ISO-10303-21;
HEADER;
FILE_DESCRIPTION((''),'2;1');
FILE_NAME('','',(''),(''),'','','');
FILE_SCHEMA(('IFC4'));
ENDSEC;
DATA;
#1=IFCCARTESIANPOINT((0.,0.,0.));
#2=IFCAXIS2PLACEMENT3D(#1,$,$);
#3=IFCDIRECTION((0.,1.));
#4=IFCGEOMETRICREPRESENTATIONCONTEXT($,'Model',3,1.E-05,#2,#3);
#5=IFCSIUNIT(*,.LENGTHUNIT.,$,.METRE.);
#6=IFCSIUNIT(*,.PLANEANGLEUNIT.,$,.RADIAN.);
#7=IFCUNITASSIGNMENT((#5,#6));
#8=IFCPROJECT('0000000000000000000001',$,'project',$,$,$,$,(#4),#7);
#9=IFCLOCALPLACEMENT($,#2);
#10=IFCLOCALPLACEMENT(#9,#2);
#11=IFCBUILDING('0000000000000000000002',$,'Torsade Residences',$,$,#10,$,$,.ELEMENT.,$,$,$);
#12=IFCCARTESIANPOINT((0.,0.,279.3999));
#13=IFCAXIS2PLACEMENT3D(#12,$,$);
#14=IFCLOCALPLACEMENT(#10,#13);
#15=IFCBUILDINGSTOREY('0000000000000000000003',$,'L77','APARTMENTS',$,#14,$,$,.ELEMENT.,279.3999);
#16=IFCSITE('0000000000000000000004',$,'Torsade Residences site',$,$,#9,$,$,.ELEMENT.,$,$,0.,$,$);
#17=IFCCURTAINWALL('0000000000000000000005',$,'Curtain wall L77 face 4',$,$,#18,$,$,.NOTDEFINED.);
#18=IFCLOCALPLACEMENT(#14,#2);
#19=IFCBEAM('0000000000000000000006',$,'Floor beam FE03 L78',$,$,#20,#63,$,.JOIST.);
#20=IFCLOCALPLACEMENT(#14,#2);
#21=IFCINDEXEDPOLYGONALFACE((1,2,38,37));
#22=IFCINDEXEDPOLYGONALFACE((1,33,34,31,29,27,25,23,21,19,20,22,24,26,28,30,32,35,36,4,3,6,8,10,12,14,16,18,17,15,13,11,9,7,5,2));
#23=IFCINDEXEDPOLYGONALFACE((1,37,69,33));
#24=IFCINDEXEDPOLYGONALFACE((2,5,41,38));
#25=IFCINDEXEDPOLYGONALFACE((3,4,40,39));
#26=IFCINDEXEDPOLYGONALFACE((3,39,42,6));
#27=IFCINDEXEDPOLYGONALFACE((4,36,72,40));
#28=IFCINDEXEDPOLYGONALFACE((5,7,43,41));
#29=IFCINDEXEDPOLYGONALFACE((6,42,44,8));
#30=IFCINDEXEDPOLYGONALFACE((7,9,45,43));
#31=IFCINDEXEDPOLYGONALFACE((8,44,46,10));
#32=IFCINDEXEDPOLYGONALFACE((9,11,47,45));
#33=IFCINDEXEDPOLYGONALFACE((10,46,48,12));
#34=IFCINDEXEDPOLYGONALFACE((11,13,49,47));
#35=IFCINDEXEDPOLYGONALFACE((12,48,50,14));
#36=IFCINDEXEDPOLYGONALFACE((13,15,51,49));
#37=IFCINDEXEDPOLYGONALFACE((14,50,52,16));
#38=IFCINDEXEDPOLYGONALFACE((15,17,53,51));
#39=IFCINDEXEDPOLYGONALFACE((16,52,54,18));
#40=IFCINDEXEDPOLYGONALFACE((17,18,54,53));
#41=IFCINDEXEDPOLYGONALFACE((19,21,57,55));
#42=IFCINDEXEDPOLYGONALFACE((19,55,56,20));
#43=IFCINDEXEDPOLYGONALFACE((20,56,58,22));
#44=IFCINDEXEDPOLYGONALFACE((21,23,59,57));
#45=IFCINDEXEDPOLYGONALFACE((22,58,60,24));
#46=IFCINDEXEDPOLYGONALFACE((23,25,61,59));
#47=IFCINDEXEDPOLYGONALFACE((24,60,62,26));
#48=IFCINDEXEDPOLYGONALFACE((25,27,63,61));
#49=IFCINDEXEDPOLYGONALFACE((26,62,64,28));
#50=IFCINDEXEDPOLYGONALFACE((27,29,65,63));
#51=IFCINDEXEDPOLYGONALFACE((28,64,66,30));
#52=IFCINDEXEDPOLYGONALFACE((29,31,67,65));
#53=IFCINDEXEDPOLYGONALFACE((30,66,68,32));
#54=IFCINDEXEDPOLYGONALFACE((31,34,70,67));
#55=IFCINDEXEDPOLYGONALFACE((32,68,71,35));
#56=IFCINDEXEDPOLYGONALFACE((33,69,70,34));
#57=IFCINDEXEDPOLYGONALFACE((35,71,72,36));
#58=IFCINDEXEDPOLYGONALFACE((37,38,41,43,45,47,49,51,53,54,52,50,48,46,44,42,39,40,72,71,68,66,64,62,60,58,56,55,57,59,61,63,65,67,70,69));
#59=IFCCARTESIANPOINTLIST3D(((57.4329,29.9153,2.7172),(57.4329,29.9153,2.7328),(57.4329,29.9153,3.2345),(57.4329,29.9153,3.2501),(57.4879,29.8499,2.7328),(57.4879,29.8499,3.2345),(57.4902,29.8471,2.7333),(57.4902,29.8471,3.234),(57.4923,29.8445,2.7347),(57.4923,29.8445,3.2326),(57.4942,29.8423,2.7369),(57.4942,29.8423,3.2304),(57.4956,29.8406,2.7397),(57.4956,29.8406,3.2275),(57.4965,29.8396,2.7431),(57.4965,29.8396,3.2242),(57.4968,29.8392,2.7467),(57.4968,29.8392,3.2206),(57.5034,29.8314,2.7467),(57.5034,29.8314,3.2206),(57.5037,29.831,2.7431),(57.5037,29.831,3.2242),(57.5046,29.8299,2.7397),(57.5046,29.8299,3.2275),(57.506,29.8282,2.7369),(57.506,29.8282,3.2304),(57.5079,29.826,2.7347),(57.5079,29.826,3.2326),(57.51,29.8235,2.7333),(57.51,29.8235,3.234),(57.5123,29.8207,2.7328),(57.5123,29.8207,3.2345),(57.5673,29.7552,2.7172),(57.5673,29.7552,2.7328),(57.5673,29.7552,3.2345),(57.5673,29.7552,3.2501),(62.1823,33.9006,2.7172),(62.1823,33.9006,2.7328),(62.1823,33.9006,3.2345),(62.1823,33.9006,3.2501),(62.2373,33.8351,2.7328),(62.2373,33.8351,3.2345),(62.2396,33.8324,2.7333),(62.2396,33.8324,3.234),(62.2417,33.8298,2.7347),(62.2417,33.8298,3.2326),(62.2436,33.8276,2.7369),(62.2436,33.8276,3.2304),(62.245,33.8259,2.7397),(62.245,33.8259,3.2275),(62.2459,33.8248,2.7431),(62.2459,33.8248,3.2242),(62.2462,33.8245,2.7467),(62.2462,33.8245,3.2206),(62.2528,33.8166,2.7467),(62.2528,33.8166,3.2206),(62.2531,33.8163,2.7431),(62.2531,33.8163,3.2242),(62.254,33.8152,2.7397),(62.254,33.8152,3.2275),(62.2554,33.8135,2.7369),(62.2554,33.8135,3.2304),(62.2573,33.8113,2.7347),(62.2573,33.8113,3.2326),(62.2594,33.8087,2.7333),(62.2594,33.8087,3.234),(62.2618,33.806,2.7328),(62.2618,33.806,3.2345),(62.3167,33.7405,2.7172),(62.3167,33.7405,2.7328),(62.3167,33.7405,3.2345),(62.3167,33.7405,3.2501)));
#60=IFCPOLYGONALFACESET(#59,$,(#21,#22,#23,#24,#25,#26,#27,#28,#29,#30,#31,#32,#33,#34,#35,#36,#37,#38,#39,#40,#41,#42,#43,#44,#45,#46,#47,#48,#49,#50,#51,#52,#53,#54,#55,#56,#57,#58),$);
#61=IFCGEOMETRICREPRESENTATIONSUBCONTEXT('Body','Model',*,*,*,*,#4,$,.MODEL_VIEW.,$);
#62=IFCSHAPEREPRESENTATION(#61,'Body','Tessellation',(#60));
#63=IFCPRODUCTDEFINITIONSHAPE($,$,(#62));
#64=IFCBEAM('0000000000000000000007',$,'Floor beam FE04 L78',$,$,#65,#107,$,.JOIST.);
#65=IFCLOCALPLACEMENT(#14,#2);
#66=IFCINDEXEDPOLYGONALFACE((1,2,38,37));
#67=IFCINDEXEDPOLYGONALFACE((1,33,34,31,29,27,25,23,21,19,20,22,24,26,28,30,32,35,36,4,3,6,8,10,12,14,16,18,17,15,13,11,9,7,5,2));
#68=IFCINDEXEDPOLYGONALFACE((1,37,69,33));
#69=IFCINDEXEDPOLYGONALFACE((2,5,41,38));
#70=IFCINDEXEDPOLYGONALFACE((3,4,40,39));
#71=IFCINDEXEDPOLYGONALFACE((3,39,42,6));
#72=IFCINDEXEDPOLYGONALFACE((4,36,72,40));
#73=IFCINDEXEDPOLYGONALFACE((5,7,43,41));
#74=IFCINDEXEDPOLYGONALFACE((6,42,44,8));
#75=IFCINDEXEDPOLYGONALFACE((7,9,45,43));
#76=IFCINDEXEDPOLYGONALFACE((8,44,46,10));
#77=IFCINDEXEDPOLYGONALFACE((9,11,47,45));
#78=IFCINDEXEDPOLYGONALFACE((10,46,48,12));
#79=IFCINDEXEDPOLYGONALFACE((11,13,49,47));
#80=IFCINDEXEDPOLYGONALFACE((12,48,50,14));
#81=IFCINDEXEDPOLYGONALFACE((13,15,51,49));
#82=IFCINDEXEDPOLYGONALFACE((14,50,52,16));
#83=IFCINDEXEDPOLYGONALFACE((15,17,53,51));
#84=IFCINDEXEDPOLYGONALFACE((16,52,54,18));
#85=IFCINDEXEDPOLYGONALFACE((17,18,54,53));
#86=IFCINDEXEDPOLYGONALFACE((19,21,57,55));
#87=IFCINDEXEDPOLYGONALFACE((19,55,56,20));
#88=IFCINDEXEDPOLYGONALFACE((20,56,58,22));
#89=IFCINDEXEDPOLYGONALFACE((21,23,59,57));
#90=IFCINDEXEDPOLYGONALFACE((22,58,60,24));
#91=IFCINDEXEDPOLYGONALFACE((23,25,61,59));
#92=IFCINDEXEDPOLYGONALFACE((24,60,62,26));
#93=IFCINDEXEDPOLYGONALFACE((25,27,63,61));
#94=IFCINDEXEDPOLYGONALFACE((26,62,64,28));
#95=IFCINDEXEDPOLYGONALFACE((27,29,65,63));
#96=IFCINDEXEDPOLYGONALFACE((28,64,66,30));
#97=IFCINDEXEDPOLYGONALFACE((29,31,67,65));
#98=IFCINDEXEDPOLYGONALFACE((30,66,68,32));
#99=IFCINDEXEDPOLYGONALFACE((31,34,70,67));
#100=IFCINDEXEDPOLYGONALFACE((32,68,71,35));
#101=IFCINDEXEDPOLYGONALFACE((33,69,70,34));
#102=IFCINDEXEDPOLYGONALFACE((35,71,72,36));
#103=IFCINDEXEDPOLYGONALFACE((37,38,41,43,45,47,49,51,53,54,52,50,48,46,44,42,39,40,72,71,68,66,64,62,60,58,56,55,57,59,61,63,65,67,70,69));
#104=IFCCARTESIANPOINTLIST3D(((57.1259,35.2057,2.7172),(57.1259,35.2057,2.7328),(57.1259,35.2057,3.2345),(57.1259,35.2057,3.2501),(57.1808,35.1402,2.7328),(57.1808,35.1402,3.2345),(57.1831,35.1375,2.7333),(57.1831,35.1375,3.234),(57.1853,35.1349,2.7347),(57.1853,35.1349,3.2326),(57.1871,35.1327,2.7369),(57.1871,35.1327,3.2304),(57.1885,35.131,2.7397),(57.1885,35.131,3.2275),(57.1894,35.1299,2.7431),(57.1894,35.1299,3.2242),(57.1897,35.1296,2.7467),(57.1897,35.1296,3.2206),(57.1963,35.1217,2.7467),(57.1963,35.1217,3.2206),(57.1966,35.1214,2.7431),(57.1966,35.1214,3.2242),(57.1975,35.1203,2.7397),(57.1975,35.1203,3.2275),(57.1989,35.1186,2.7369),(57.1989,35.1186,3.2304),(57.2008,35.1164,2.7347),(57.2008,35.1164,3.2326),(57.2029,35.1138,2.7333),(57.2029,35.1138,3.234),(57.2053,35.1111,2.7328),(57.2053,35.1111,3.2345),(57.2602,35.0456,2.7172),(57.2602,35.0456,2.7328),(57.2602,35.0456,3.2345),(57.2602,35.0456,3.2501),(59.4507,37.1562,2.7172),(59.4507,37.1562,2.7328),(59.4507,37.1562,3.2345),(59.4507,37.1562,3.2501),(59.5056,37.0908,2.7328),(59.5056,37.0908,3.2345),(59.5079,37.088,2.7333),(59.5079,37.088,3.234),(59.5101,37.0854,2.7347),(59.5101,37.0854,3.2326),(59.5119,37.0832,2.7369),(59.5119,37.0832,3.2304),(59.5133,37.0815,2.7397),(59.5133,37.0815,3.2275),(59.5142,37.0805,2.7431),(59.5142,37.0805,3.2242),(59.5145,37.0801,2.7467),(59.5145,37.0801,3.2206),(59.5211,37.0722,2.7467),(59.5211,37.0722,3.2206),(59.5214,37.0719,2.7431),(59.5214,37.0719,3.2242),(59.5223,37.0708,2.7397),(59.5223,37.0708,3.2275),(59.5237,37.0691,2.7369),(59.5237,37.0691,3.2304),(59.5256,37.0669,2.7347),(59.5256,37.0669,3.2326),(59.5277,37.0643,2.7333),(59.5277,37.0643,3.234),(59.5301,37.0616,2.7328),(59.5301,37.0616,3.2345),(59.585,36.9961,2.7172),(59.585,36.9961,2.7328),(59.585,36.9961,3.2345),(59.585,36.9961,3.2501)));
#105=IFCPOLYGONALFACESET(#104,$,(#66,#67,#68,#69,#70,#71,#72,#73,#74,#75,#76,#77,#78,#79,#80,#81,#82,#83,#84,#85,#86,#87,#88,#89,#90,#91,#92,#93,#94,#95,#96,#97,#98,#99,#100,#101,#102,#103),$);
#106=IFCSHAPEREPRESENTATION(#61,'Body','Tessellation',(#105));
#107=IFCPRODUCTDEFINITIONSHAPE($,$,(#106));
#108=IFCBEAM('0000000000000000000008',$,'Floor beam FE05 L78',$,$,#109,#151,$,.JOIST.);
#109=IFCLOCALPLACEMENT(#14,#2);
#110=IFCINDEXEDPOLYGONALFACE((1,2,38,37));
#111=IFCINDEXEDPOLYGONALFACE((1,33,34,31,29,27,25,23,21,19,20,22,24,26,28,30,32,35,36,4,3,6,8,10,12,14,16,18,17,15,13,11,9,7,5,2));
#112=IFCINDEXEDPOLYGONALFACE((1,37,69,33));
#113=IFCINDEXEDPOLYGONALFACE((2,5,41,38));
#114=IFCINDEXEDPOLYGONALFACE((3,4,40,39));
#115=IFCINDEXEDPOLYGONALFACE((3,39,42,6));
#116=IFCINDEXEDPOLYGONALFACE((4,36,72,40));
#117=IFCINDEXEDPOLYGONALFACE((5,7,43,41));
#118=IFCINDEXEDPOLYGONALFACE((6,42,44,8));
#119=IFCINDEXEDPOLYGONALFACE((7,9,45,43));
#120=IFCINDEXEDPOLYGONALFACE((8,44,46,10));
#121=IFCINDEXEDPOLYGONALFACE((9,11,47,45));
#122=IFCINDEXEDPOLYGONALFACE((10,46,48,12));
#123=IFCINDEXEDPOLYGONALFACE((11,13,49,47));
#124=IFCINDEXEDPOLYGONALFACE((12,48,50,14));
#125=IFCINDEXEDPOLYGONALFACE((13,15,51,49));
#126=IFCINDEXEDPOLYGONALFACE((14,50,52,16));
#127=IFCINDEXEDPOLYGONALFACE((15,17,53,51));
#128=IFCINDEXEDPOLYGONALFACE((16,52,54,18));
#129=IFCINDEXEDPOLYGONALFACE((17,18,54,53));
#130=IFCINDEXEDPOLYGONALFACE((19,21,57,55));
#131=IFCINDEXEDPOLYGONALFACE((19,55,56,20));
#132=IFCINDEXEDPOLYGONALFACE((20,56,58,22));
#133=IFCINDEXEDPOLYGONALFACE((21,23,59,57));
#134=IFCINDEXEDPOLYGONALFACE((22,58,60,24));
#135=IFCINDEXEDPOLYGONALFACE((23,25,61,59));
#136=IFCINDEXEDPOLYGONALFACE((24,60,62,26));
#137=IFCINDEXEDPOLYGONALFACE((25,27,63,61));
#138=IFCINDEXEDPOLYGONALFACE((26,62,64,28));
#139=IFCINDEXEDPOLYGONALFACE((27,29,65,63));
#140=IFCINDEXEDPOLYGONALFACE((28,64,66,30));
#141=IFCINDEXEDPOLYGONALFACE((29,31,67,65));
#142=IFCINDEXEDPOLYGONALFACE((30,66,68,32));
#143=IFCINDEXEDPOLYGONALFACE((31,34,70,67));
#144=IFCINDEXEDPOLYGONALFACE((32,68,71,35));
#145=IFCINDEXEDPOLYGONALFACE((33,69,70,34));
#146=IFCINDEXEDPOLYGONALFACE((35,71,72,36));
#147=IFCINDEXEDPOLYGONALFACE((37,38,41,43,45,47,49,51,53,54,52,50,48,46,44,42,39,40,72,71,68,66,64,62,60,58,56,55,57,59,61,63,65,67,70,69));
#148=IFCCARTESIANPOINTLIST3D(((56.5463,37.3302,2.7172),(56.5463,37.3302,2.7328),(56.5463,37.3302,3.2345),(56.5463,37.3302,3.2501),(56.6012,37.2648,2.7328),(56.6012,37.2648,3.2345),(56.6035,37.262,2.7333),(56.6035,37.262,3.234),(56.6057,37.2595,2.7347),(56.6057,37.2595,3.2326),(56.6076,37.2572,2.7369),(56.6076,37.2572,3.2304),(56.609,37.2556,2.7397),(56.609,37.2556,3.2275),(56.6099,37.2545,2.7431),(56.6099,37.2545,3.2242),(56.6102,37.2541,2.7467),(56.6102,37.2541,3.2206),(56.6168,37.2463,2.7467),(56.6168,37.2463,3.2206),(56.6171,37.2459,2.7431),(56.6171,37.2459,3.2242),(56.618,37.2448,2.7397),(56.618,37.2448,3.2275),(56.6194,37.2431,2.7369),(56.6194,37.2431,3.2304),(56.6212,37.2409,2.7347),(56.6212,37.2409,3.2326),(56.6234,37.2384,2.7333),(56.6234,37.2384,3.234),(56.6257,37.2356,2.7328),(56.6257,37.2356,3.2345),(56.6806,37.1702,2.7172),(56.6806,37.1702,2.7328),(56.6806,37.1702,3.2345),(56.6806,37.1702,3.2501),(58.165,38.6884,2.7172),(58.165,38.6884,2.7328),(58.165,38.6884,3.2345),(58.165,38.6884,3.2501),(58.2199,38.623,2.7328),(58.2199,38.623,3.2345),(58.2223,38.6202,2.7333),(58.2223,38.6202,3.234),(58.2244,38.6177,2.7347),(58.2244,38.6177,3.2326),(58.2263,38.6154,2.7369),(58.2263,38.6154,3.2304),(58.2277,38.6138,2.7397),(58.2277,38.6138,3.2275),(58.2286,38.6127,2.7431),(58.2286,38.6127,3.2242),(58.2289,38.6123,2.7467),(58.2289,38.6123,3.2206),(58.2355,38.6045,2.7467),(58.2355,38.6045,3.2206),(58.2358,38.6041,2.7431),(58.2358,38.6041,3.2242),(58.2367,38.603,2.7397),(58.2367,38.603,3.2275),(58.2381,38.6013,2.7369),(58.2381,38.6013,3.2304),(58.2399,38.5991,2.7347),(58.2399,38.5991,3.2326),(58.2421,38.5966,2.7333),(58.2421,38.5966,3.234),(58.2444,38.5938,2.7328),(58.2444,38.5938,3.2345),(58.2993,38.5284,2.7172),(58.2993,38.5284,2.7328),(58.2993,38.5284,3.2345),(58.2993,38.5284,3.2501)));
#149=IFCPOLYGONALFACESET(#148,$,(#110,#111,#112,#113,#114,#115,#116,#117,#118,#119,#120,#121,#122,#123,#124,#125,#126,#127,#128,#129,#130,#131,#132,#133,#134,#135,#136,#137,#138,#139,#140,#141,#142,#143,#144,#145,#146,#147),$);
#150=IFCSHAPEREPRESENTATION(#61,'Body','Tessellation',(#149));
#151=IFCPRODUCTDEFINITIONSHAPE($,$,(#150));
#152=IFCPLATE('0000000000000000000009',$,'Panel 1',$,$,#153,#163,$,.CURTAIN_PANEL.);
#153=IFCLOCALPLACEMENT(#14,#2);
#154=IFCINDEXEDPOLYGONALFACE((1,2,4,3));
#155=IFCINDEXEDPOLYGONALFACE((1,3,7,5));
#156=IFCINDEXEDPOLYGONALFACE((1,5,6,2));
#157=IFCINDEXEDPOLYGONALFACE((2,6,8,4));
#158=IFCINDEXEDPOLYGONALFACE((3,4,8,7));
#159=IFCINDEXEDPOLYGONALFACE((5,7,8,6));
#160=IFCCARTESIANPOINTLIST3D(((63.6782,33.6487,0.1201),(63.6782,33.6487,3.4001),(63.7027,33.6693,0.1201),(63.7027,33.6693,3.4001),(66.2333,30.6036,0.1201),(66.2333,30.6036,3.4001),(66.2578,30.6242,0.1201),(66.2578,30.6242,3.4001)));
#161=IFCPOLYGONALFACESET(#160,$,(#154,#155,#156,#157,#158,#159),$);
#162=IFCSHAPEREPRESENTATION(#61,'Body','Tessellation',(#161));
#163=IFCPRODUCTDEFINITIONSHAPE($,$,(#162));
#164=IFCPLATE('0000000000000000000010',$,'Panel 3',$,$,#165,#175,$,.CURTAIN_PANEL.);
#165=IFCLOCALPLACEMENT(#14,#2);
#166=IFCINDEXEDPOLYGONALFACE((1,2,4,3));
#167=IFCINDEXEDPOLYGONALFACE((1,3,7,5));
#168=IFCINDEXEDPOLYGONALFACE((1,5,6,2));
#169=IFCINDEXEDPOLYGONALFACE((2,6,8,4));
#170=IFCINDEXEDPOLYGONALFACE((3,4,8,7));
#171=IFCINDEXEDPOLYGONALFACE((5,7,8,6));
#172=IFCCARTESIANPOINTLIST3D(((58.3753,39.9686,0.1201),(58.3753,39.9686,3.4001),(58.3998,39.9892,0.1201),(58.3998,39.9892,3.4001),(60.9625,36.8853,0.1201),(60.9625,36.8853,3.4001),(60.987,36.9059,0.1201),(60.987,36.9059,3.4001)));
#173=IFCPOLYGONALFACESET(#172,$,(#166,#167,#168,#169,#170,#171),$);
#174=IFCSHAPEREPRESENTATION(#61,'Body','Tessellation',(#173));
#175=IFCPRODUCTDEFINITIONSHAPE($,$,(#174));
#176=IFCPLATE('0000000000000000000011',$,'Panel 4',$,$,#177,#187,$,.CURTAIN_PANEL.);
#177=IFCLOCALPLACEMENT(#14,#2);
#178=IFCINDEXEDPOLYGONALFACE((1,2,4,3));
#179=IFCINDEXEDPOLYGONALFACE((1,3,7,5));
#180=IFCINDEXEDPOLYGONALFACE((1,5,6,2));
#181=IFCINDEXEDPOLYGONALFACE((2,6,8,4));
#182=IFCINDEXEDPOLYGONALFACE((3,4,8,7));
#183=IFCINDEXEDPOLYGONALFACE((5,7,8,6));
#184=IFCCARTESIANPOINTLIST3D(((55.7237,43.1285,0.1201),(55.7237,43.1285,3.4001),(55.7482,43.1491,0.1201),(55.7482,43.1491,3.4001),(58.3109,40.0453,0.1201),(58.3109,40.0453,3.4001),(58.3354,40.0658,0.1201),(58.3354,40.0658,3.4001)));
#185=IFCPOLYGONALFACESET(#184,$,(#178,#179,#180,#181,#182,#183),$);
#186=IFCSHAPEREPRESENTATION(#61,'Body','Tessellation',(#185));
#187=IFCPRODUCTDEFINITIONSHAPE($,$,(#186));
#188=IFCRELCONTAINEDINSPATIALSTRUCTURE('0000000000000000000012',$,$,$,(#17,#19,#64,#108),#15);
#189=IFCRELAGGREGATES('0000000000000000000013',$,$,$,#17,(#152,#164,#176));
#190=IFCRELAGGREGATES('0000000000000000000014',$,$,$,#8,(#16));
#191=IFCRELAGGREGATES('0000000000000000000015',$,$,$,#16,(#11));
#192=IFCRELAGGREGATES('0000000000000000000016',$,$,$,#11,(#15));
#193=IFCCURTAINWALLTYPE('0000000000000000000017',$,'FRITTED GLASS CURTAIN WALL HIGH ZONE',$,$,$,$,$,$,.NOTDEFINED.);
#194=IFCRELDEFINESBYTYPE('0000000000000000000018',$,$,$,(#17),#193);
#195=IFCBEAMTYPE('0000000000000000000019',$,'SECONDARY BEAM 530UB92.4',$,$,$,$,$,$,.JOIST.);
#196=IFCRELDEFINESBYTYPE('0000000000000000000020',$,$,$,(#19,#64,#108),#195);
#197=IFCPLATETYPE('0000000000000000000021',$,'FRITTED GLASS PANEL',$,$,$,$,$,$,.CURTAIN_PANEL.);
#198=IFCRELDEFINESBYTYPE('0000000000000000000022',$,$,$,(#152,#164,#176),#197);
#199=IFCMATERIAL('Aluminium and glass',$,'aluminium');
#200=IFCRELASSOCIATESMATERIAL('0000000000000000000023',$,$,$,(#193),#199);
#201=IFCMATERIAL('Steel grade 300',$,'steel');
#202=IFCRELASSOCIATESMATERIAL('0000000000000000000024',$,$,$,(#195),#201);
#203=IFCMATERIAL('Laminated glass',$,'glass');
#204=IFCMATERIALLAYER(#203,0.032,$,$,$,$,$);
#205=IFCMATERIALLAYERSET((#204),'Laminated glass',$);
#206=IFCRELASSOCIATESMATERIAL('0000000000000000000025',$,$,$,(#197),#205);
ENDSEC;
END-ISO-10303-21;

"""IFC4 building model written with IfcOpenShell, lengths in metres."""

from ifc_helpers import new_model, si_unit, direction, frame, origin, origin_2d, place, context, subcontext, project, spatial, rectangle, i_section, extrude, material, layer, layer_set, material_profile, profile_set, type_object, element, aggregate, save


model = new_model("IFC4")

# Units and contexts
model_context = context("Model", 3, precision=1e-05, world=origin(), true_north=direction((0.0, 1.0)))
body_context = subcontext(model_context, "Body", "Model", "MODEL_VIEW")
ifc_project = project(units=[si_unit("LENGTHUNIT", "METRE"), si_unit("PLANEANGLEUNIT", "RADIAN")], contexts=[model_context])

# Site, building, storey
site_placement = place(None, origin())
site = spatial("IfcSite", under=ifc_project, at=site_placement, Name="Torsade Residences site", CompositionType="ELEMENT", RefElevation=0.0)
building_placement = place(site_placement, origin())
building = spatial("IfcBuilding", under=site, at=building_placement, Name="Torsade Residences", CompositionType="ELEMENT")
storey_placement = place(building_placement, frame((0.0, 0.0, 279.3999)))
storey = spatial("IfcBuildingStorey", under=building, at=storey_placement, Name="L77", Description="APARTMENTS", CompositionType="ELEMENT", Elevation=279.3999)

# Curtain wall
ifc_material_1 = material(Name="Aluminium and glass", Category="aluminium")
curtain_wall_type = type_object("IfcCurtainWallType", Name="FRITTED GLASS CURTAIN WALL HIGH ZONE", PredefinedType="NOTDEFINED", material=ifc_material_1)
curtain_wall_placement = place(storey_placement, origin())
curtain_wall = element("IfcCurtainWall", 1, at=curtain_wall_placement, inside=storey, type_object=curtain_wall_type, Name="Curtain wall L77 face 4", PredefinedType="NOTDEFINED")

# Beams
ifc_material_2 = material(Name="Steel grade 300", Category="steel")
ifc_material_profile_1 = material_profile(ifc_material_2, i_section(OverallWidth=0.209, OverallDepth=0.533, WebThickness=0.0103, FlangeThickness=0.0156, FilletRadius=0.0139, at=origin_2d()), Name="530UB92.4")
ifc_profile_set_1 = profile_set([ifc_material_profile_1], Name="Steel grade 300")
beam_type_1 = type_object("IfcBeamType", Name="SECONDARY BEAM 530UB92.4", PredefinedType="JOIST", material=ifc_profile_set_1)
beam_1_placement = place(storey_placement, frame((62.2495, 33.8206, 2.9836), z_axis=(-0.766041, -0.642791, 0.0), x_axis=(0.642791, -0.766041, 0.0)))
element("IfcBeam", 2, at=beam_1_placement, inside=storey, type_object=beam_type_1, Name="Floor beam FE03 L78", PredefinedType="JOIST", context=body_context, shape_type="SweptSolid", body=[
    extrude(i_section(OverallWidth=0.209, OverallDepth=0.533, WebThickness=0.0103, FlangeThickness=0.0156, FilletRadius=0.0139, at=origin_2d()), origin(), (0.0, 0.0, 1.0), 6.2),
])
beam_2_placement = place(storey_placement, frame((59.5178, 37.0762, 2.9836), z_axis=(-0.76608, -0.642745, 0.0), x_axis=(0.642745, -0.76608, 0.0)))
element("IfcBeam", 3, at=beam_2_placement, inside=storey, type_object=beam_type_1, Name="Floor beam FE04 L78", PredefinedType="JOIST", context=body_context, shape_type="SweptSolid", body=[
    extrude(i_section(OverallWidth=0.209, OverallDepth=0.533, WebThickness=0.0103, FlangeThickness=0.0156, FilletRadius=0.0139, at=origin_2d()), origin(), (0.0, 0.0, 1.0), 3.0347),
])
beam_3_placement = place(storey_placement, frame((58.2322, 38.6084, 2.9836), z_axis=(-0.766058, -0.642772, 0.0), x_axis=(0.642772, -0.766058, 0.0)))
element("IfcBeam", 4, at=beam_3_placement, inside=storey, type_object=beam_type_1, Name="Floor beam FE05 L78", PredefinedType="JOIST", context=body_context, shape_type="SweptSolid", body=[
    extrude(i_section(OverallWidth=0.209, OverallDepth=0.533, WebThickness=0.0103, FlangeThickness=0.0156, FilletRadius=0.0139, at=origin_2d()), origin(), (0.0, 0.0, 1.0), 2.113),
])

# Plates
ifc_material_3 = material(Name="Laminated glass", Category="glass")
ifc_layer_1 = layer(ifc_material_3, 0.032)
ifc_layer_set_1 = layer_set([ifc_layer_1], Name="Laminated glass")
plate_type_1 = type_object("IfcPlateType", Name="FRITTED GLASS PANEL", PredefinedType="CURTAIN_PANEL", material=ifc_layer_set_1)
plate_1_placement = place(storey_placement, frame((64.968, 32.1365, 0.1201), z_axis=(0.0, 0.0, 1.0), x_axis=(-0.642788, 0.766044, 0.0)))
plate_1 = element("IfcPlate", 5, at=plate_1_placement, type_object=plate_type_1, Name="Panel 1", PredefinedType="CURTAIN_PANEL", context=body_context, shape_type="SweptSolid", body=[
    extrude(rectangle(XDim=3.9751, YDim=0.032, at=origin_2d()), origin(), (0.0, 0.0, 1.0), 3.28),
])
plate_2_placement = place(storey_placement, frame((59.6812, 38.4373, 0.1201), z_axis=(0.0, 0.0, 1.0), x_axis=(-0.642788, 0.766044, 0.0)))
plate_2 = element("IfcPlate", 6, at=plate_2_placement, type_object=plate_type_1, Name="Panel 3", PredefinedType="CURTAIN_PANEL", context=body_context, shape_type="SweptSolid", body=[
    extrude(rectangle(XDim=4.0249, YDim=0.032, at=origin_2d()), origin(), (0.0, 0.0, 1.0), 3.28),
])
plate_3_placement = place(storey_placement, frame((57.0295, 41.5972, 0.1201), z_axis=(0.0, 0.0, 1.0), x_axis=(-0.642788, 0.766044, 0.0)))
plate_3 = element("IfcPlate", 7, at=plate_3_placement, type_object=plate_type_1, Name="Panel 4", PredefinedType="CURTAIN_PANEL", context=body_context, shape_type="SweptSolid", body=[
    extrude(rectangle(XDim=4.0249, YDim=0.032, at=origin_2d()), origin(), (0.0, 0.0, 1.0), 3.28),
])
aggregate(curtain_wall, [plate_1, plate_2, plate_3])

save(model, "model.ifc")
